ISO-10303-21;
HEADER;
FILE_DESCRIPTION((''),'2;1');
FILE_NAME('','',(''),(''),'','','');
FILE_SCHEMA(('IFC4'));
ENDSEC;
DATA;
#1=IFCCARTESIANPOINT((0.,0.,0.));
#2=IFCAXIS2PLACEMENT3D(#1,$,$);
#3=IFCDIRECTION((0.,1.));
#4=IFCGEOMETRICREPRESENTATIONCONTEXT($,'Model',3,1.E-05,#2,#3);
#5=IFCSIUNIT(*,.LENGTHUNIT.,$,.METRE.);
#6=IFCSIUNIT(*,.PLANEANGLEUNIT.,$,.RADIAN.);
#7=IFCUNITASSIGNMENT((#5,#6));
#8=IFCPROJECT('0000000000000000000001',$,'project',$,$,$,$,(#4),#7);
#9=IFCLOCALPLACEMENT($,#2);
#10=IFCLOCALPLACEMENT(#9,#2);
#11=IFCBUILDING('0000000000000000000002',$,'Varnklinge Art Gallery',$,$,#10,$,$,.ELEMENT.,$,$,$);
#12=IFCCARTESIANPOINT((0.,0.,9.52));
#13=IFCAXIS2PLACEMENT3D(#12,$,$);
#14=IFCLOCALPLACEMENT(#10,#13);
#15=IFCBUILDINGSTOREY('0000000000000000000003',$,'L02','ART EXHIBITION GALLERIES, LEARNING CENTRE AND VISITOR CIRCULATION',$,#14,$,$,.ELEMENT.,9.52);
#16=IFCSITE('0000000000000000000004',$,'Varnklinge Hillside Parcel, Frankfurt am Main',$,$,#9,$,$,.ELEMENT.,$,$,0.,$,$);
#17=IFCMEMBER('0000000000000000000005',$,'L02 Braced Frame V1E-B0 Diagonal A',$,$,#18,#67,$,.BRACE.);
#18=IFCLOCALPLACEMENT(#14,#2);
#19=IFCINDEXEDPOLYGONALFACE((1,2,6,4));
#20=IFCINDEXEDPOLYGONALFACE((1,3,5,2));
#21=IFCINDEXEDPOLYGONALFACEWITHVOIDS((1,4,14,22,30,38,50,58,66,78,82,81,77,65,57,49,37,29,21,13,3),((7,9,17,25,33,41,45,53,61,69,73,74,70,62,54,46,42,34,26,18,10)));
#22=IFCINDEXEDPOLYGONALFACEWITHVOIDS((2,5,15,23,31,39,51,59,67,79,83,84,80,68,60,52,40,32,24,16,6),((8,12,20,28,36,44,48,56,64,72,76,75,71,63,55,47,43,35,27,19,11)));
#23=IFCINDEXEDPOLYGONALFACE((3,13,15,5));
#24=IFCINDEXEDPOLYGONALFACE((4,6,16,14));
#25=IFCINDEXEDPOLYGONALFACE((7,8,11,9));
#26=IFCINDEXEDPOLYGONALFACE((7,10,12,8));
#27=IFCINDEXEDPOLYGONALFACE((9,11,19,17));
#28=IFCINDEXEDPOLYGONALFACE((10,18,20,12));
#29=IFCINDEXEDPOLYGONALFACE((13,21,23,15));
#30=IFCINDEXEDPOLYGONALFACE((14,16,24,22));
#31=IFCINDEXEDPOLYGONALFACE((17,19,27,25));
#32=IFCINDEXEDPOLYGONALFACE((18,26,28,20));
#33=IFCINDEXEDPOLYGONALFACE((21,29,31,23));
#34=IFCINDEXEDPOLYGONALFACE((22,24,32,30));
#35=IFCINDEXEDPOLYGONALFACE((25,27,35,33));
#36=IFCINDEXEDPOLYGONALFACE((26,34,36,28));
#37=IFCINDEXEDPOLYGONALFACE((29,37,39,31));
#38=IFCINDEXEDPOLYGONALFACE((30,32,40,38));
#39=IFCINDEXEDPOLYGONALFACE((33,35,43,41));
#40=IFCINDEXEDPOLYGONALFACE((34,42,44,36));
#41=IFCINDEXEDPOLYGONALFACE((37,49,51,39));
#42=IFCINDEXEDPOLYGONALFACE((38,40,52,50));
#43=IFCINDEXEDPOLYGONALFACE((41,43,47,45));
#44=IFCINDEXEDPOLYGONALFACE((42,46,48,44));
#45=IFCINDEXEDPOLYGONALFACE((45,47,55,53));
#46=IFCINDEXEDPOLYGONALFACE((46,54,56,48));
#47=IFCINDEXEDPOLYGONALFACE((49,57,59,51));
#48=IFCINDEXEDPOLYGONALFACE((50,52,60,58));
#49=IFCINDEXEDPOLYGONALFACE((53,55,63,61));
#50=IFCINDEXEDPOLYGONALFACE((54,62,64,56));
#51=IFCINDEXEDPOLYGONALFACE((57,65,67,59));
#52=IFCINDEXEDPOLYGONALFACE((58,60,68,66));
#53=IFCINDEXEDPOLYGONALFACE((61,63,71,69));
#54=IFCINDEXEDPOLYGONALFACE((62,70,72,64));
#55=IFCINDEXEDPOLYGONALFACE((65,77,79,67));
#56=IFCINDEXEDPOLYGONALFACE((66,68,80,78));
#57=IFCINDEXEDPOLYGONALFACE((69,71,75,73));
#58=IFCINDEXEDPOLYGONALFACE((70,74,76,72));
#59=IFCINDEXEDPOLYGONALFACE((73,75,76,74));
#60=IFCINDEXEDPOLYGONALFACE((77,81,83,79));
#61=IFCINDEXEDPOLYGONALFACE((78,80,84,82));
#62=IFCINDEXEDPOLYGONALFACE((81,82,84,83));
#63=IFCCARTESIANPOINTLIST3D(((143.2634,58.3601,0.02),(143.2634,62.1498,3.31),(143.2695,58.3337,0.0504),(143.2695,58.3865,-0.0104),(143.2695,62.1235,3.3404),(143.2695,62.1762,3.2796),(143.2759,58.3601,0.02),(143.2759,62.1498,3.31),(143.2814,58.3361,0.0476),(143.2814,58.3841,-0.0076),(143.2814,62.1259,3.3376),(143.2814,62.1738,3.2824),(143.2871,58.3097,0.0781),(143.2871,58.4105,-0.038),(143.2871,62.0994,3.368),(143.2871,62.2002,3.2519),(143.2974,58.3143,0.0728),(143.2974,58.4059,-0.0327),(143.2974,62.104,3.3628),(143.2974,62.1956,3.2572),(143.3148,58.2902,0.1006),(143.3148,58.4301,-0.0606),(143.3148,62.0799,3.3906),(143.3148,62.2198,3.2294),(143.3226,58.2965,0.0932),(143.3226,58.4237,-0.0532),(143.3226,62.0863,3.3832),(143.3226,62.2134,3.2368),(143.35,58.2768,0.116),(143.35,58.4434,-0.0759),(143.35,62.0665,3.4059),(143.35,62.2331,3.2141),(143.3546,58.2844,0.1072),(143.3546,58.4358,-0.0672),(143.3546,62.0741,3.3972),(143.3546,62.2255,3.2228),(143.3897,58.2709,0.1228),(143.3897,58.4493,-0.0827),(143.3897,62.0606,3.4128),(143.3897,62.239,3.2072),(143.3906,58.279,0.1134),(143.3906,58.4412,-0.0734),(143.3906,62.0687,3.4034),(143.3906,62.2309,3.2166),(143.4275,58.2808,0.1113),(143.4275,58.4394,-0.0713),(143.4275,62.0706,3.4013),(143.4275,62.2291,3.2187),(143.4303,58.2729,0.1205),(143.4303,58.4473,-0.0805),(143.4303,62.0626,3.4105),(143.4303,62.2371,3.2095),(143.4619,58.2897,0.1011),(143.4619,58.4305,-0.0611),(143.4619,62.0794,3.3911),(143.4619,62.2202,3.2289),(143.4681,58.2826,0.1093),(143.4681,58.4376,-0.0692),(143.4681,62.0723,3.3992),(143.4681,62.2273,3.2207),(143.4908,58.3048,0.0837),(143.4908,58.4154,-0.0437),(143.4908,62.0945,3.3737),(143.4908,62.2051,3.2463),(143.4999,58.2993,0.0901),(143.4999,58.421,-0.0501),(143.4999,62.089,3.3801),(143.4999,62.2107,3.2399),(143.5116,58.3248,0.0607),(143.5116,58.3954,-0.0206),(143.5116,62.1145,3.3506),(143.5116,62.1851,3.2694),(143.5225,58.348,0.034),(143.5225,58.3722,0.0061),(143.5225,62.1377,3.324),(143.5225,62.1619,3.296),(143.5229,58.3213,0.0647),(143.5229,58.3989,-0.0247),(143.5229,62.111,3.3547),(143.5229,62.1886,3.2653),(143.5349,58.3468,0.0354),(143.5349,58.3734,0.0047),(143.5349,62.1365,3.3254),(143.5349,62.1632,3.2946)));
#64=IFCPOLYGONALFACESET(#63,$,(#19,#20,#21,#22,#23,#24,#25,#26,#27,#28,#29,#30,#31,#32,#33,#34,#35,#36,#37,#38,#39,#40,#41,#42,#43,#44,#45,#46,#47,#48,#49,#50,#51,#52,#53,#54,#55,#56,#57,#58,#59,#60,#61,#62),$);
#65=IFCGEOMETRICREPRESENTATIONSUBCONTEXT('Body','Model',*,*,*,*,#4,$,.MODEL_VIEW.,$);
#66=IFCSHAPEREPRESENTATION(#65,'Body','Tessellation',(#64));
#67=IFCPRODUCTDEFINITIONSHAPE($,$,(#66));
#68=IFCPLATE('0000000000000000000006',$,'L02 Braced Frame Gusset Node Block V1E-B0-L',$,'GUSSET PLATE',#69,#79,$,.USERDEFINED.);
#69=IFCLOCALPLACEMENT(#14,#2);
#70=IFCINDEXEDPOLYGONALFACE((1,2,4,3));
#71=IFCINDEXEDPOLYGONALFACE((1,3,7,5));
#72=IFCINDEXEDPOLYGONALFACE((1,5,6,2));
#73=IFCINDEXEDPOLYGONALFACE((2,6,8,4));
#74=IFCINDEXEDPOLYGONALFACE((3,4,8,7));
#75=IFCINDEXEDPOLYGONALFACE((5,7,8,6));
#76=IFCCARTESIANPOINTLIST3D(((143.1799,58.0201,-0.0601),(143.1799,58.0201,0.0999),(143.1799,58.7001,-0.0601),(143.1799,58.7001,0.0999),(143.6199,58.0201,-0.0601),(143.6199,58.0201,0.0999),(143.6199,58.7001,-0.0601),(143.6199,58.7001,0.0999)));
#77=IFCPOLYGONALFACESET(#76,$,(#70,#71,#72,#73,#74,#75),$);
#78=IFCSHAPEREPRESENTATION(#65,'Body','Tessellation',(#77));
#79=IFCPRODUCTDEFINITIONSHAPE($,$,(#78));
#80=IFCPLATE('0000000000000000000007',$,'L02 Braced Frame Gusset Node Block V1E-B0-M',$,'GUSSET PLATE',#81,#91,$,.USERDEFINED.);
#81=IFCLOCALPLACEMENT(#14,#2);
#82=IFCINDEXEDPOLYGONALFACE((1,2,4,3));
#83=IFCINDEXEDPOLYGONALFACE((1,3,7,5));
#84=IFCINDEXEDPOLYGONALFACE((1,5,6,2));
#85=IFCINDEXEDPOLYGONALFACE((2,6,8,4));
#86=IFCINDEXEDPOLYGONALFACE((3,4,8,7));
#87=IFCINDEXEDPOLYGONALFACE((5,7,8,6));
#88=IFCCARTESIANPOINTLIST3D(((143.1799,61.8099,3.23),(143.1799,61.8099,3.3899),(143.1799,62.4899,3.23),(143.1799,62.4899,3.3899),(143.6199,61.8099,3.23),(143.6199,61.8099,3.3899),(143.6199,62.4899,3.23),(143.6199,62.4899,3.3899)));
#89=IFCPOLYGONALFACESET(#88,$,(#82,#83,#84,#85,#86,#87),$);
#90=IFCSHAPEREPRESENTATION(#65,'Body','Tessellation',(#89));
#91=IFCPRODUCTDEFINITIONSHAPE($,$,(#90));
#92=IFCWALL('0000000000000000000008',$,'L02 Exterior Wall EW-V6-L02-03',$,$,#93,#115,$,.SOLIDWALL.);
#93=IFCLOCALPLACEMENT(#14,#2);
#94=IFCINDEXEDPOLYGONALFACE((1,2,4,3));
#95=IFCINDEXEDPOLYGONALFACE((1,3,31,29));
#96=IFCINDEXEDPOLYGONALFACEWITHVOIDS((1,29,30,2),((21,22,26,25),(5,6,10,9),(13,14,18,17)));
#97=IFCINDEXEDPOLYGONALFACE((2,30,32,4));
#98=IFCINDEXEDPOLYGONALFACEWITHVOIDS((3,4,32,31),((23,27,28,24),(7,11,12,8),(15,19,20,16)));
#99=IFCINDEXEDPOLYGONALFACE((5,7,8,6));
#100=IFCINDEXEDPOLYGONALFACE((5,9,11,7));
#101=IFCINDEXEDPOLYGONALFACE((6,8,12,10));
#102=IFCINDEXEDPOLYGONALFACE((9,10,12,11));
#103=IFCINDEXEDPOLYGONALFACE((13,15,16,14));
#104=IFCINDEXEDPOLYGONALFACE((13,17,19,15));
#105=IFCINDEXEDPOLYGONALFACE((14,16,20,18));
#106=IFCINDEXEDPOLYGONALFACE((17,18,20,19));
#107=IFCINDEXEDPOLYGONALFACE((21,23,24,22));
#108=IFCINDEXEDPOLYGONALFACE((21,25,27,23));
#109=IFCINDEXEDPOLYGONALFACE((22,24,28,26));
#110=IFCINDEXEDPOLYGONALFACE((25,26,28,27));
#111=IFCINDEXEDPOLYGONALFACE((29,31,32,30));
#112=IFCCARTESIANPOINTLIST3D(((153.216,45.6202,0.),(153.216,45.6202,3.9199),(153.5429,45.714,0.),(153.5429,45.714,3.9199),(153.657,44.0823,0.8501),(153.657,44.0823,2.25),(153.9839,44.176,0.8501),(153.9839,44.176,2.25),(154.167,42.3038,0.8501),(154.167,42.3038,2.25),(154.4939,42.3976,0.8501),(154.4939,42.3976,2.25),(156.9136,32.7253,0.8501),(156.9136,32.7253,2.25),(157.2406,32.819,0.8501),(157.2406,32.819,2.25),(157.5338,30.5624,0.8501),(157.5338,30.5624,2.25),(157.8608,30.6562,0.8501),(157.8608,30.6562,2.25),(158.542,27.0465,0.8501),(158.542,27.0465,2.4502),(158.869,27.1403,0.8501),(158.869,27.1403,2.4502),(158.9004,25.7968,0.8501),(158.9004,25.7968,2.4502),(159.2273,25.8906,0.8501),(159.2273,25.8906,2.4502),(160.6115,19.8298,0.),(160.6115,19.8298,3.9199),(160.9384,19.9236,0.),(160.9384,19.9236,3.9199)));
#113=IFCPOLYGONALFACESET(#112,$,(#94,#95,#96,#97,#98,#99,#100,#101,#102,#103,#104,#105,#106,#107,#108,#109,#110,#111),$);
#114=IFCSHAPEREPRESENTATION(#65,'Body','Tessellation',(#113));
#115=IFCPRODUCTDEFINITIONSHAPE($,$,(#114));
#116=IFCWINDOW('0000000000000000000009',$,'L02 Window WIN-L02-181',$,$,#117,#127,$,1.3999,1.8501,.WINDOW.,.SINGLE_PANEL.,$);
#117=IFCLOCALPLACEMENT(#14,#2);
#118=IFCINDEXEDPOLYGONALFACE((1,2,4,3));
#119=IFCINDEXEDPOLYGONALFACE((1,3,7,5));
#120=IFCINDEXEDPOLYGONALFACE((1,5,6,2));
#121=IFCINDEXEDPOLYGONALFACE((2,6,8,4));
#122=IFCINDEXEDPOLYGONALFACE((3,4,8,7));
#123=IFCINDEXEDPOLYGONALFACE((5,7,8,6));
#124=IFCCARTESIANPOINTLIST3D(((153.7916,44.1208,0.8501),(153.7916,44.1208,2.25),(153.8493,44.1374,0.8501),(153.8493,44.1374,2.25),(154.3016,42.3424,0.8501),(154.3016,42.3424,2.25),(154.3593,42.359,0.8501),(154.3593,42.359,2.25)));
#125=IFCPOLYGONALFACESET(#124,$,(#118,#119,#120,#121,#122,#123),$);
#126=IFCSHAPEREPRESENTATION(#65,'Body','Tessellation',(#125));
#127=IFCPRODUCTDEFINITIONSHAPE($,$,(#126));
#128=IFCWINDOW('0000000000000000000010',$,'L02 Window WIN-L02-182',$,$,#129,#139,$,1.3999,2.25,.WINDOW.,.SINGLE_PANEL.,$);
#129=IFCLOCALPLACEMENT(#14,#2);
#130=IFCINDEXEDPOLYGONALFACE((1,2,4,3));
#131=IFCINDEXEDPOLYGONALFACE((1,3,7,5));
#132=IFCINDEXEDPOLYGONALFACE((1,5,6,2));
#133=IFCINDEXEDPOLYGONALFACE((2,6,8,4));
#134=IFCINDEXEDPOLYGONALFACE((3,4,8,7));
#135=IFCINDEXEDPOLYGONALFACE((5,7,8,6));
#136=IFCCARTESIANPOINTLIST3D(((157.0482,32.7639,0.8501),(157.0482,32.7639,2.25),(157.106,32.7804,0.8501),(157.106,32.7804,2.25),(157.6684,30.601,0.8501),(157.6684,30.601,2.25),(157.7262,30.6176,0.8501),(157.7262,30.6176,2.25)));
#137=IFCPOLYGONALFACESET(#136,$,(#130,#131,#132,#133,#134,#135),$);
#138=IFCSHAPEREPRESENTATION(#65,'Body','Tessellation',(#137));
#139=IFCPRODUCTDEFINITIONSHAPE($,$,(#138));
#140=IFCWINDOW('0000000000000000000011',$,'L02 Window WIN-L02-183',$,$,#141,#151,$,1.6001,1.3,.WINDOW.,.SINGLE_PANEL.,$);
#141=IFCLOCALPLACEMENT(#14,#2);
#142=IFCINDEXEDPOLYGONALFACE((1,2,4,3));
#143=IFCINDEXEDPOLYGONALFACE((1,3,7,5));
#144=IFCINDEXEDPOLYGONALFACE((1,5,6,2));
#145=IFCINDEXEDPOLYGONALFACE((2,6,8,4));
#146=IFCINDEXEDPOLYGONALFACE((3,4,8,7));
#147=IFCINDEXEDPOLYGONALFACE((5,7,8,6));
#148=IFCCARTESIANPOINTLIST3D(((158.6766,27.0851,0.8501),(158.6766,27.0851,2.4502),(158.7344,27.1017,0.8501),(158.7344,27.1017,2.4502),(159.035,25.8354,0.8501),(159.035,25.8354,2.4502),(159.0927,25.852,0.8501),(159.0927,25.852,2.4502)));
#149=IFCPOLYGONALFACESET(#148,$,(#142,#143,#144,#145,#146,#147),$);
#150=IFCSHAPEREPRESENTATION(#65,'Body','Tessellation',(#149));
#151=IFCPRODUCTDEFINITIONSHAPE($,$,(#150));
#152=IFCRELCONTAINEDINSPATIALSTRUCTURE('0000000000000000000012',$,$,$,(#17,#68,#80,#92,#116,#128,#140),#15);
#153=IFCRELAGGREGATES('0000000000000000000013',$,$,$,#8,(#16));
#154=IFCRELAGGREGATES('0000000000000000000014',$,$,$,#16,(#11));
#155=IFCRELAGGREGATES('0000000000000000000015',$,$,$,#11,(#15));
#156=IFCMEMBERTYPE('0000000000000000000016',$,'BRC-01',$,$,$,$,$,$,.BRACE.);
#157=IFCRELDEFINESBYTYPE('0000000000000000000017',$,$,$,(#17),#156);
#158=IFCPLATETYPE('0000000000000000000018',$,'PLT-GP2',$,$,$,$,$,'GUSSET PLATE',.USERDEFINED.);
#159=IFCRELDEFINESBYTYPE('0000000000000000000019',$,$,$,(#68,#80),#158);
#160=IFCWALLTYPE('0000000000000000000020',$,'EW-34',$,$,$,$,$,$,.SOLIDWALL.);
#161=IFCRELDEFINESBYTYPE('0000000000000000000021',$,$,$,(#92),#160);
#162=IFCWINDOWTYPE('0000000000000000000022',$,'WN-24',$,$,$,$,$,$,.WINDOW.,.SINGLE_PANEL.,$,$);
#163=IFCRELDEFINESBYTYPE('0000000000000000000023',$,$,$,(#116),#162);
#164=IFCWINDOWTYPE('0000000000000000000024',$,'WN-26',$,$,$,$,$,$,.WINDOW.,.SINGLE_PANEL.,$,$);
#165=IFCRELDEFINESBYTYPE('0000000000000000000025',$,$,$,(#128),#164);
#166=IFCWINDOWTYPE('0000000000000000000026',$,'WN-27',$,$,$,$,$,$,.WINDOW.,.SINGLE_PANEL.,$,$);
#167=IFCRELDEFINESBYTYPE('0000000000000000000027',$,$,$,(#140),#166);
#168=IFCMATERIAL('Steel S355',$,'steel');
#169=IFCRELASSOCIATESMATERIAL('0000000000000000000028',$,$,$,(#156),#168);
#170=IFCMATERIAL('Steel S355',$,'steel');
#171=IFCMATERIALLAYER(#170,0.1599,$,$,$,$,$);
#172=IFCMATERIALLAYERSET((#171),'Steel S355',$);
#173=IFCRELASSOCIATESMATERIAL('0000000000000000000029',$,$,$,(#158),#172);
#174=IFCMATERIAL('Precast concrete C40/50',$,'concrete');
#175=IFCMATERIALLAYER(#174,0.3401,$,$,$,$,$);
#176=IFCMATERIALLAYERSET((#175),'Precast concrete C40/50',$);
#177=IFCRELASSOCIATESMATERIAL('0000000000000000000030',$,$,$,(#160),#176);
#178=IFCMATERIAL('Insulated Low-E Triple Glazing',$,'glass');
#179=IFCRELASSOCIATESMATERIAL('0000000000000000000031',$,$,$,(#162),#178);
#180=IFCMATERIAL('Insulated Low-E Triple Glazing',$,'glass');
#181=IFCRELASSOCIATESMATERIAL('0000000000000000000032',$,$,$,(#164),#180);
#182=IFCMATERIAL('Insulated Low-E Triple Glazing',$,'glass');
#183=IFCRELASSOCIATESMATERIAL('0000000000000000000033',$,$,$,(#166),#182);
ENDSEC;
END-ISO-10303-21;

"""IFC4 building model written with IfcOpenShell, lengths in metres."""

from ifc_helpers import new_model, si_unit, direction, frame, frame_2d, origin, origin_2d, place, context, subcontext, project, spatial, rectangle, hollow_circle, extrude, material, layer, layer_set, material_profile, profile_set, type_object, element, fill, save


model = new_model("IFC4")

# Units and contexts
model_context = context("Model", 3, precision=1e-05, world=origin(), true_north=direction((0.0, 1.0)))
body_context = subcontext(model_context, "Body", "Model", "MODEL_VIEW")
ifc_project = project(units=[si_unit("LENGTHUNIT", "METRE"), si_unit("PLANEANGLEUNIT", "RADIAN")], contexts=[model_context])

# Site, building, storey
site_placement = place(None, origin())
site = spatial("IfcSite", under=ifc_project, at=site_placement, Name="Varnklinge Hillside Parcel, Frankfurt am Main", CompositionType="ELEMENT", RefElevation=0.0)
building_placement = place(site_placement, origin())
building = spatial("IfcBuilding", under=site, at=building_placement, Name="Varnklinge Art Gallery", CompositionType="ELEMENT")
storey_placement = place(building_placement, frame((0.0, 0.0, 9.52)))
storey = spatial("IfcBuildingStorey", under=building, at=storey_placement, Name="L02", Description="ART EXHIBITION GALLERIES, LEARNING CENTRE AND VISITOR CIRCULATION", CompositionType="ELEMENT", Elevation=9.52)

# Member
ifc_material_1 = material(Name="Steel S355", Category="steel")
ifc_material_profile_1 = material_profile(ifc_material_1, hollow_circle(Radius=0.1365, WallThickness=0.0125, at=origin_2d()), Name="CHS 273x12.5")
ifc_profile_set_1 = profile_set([ifc_material_profile_1], Name="Steel S355")
member_type = type_object("IfcMemberType", Name="BRC-01", PredefinedType="BRACE", material=ifc_profile_set_1)
member_placement = place(storey_placement, frame((143.3999, 58.3601, 0.02), z_axis=(0.0, 0.755141, 0.655562), x_axis=(-1.0, 0.0, 0.0)))
element("IfcMember", 1, at=member_placement, inside=storey, type_object=member_type, Name="L02 Braced Frame V1E-B0 Diagonal A", PredefinedType="BRACE", context=body_context, shape_type="SweptSolid", body=[
    extrude(hollow_circle(Radius=0.1365, WallThickness=0.0125, at=origin_2d()), origin(), (0.0, 0.0, 1.0), 5.0186),
])

# Plates
ifc_material_2 = material(Name="Steel S355", Category="steel")
ifc_layer_1 = layer(ifc_material_2, 0.1599)
ifc_layer_set_1 = layer_set([ifc_layer_1], Name="Steel S355")
plate_type = type_object("IfcPlateType", Name="PLT-GP2", ElementType="GUSSET PLATE", PredefinedType="USERDEFINED", material=ifc_layer_set_1)
for number, where, z_axis, x_axis, name in (
    (2, (143.3999, 58.3601, -0.0601), (0.0, 0.0, 1.0), (0.0, 1.0, 0.0), "L02 Braced Frame Gusset Node Block V1E-B0-L"),
    (3, (143.3999, 62.1499, 3.23), (0.0, 0.0, 1.0), (0.0, 1.0, 0.0), "L02 Braced Frame Gusset Node Block V1E-B0-M"),
):
    element("IfcPlate", number, at=place(storey_placement, frame(where, z_axis=z_axis, x_axis=x_axis)), inside=storey, type_object=plate_type, Name=name, ObjectType="GUSSET PLATE", PredefinedType="USERDEFINED", context=body_context, shape_type="SweptSolid", body=[
        extrude(rectangle(XDim=0.6799, YDim=0.4399, at=origin_2d()), origin(), (0.0, 0.0, 1.0), 0.1599),
    ])

# Wall, openings, windows
ifc_material_3 = material(Name="Precast concrete C40/50", Category="concrete")
ifc_layer_2 = layer(ifc_material_3, 0.3401)
ifc_layer_set_2 = layer_set([ifc_layer_2], Name="Precast concrete C40/50")
wall_type_1 = type_object("IfcWallType", Name="EW-34", PredefinedType="SOLIDWALL", material=ifc_layer_set_2)
wall_1_placement = place(storey_placement, frame((153.3794, 45.6672, 0.0), z_axis=(0.0, 0.0, 1.0), x_axis=(0.275644, -0.96126, 0.0)))
wall_1 = element("IfcWall", 4, at=wall_1_placement, inside=storey, type_object=wall_type_1, Name="L02 Exterior Wall EW-V6-L02-03", PredefinedType="SOLIDWALL", context=body_context, shape_type="SweptSolid", body=[
    extrude(rectangle(XDim=26.8298, YDim=0.3401, at=frame_2d((13.415, 0.0))), origin(), (0.0, 0.0, 1.0), 3.9199),
])
opening_1_placement = place(wall_1_placement, frame((1.6001, 0.0, 0.8501)))
opening_1 = element("IfcOpeningElement", 5, at=opening_1_placement, cuts=wall_1, PredefinedType="OPENING", context=body_context, shape_type="SweptSolid", body=[
    extrude(rectangle(XDim=1.8501, YDim=1.3999, at=frame_2d((0.925, 0.7))), frame((0.0, 0.1799, 0.0), z_axis=(0.0, -1.0, 0.0), x_axis=(1.0, 0.0, 0.0)), (0.0, 0.0, 1.0), 0.3601),
])
opening_2_placement = place(wall_1_placement, frame((13.4148, 0.0, 0.8501)))
opening_2 = element("IfcOpeningElement", 6, at=opening_2_placement, cuts=wall_1, PredefinedType="OPENING", context=body_context, shape_type="SweptSolid", body=[
    extrude(rectangle(XDim=2.25, YDim=1.3999, at=frame_2d((1.125, 0.7))), frame((0.0, 0.1799, 0.0), z_axis=(0.0, -1.0, 0.0), x_axis=(1.0, 0.0, 0.0)), (0.0, 0.0, 1.0), 0.3601),
])
opening_3_placement = place(wall_1_placement, frame((19.3225, 0.0, 0.8501)))
opening_3 = element("IfcOpeningElement", 7, at=opening_3_placement, cuts=wall_1, PredefinedType="OPENING", context=body_context, shape_type="SweptSolid", body=[
    extrude(rectangle(XDim=1.3, YDim=1.6001, at=frame_2d((0.6499, 0.8))), frame((0.0, 0.1799, 0.0), z_axis=(0.0, -1.0, 0.0), x_axis=(1.0, 0.0, 0.0)), (0.0, 0.0, 1.0), 0.3601),
])
ifc_material_4 = material(Name="Insulated Low-E Triple Glazing", Category="glass")
window_type_1 = type_object("IfcWindowType", Name="WN-24", PartitioningType="SINGLE_PANEL", PredefinedType="WINDOW", material=ifc_material_4)
window_1_placement = place(opening_1_placement, origin())
window_1 = element("IfcWindow", 8, at=window_1_placement, inside=storey, type_object=window_type_1, Name="L02 Window WIN-L02-181", OverallHeight=1.3999, OverallWidth=1.8501, PartitioningType="SINGLE_PANEL", PredefinedType="WINDOW", context=body_context, shape_type="SweptSolid", body=[
    extrude(rectangle(XDim=1.8501, YDim=1.3999, at=frame_2d((0.925, 0.7))), frame((0.0, 0.03, 0.0), z_axis=(0.0, -1.0, 0.0), x_axis=(1.0, 0.0, 0.0)), (0.0, 0.0, 1.0), 0.0601),
])
fill(opening_1, window_1)
ifc_material_5 = material(Name="Insulated Low-E Triple Glazing", Category="glass")
window_type_2 = type_object("IfcWindowType", Name="WN-26", PartitioningType="SINGLE_PANEL", PredefinedType="WINDOW", material=ifc_material_5)
window_2_placement = place(opening_2_placement, origin())
window_2 = element("IfcWindow", 9, at=window_2_placement, inside=storey, type_object=window_type_2, Name="L02 Window WIN-L02-182", OverallHeight=1.3999, OverallWidth=2.25, PartitioningType="SINGLE_PANEL", PredefinedType="WINDOW", context=body_context, shape_type="SweptSolid", body=[
    extrude(rectangle(XDim=2.25, YDim=1.3999, at=frame_2d((1.125, 0.7))), frame((0.0, 0.03, 0.0), z_axis=(0.0, -1.0, 0.0), x_axis=(1.0, 0.0, 0.0)), (0.0, 0.0, 1.0), 0.0601),
])
fill(opening_2, window_2)
ifc_material_6 = material(Name="Insulated Low-E Triple Glazing", Category="glass")
window_type_3 = type_object("IfcWindowType", Name="WN-27", PartitioningType="SINGLE_PANEL", PredefinedType="WINDOW", material=ifc_material_6)
window_3_placement = place(opening_3_placement, origin())
window_3 = element("IfcWindow", 10, at=window_3_placement, inside=storey, type_object=window_type_3, Name="L02 Window WIN-L02-183", OverallHeight=1.6001, OverallWidth=1.3, PartitioningType="SINGLE_PANEL", PredefinedType="WINDOW", context=body_context, shape_type="SweptSolid", body=[
    extrude(rectangle(XDim=1.3, YDim=1.6001, at=frame_2d((0.6499, 0.8))), frame((0.0, 0.03, 0.0), z_axis=(0.0, -1.0, 0.0), x_axis=(1.0, 0.0, 0.0)), (0.0, 0.0, 1.0), 0.0601),
])
fill(opening_3, window_3)

save(model, "model.ifc")
